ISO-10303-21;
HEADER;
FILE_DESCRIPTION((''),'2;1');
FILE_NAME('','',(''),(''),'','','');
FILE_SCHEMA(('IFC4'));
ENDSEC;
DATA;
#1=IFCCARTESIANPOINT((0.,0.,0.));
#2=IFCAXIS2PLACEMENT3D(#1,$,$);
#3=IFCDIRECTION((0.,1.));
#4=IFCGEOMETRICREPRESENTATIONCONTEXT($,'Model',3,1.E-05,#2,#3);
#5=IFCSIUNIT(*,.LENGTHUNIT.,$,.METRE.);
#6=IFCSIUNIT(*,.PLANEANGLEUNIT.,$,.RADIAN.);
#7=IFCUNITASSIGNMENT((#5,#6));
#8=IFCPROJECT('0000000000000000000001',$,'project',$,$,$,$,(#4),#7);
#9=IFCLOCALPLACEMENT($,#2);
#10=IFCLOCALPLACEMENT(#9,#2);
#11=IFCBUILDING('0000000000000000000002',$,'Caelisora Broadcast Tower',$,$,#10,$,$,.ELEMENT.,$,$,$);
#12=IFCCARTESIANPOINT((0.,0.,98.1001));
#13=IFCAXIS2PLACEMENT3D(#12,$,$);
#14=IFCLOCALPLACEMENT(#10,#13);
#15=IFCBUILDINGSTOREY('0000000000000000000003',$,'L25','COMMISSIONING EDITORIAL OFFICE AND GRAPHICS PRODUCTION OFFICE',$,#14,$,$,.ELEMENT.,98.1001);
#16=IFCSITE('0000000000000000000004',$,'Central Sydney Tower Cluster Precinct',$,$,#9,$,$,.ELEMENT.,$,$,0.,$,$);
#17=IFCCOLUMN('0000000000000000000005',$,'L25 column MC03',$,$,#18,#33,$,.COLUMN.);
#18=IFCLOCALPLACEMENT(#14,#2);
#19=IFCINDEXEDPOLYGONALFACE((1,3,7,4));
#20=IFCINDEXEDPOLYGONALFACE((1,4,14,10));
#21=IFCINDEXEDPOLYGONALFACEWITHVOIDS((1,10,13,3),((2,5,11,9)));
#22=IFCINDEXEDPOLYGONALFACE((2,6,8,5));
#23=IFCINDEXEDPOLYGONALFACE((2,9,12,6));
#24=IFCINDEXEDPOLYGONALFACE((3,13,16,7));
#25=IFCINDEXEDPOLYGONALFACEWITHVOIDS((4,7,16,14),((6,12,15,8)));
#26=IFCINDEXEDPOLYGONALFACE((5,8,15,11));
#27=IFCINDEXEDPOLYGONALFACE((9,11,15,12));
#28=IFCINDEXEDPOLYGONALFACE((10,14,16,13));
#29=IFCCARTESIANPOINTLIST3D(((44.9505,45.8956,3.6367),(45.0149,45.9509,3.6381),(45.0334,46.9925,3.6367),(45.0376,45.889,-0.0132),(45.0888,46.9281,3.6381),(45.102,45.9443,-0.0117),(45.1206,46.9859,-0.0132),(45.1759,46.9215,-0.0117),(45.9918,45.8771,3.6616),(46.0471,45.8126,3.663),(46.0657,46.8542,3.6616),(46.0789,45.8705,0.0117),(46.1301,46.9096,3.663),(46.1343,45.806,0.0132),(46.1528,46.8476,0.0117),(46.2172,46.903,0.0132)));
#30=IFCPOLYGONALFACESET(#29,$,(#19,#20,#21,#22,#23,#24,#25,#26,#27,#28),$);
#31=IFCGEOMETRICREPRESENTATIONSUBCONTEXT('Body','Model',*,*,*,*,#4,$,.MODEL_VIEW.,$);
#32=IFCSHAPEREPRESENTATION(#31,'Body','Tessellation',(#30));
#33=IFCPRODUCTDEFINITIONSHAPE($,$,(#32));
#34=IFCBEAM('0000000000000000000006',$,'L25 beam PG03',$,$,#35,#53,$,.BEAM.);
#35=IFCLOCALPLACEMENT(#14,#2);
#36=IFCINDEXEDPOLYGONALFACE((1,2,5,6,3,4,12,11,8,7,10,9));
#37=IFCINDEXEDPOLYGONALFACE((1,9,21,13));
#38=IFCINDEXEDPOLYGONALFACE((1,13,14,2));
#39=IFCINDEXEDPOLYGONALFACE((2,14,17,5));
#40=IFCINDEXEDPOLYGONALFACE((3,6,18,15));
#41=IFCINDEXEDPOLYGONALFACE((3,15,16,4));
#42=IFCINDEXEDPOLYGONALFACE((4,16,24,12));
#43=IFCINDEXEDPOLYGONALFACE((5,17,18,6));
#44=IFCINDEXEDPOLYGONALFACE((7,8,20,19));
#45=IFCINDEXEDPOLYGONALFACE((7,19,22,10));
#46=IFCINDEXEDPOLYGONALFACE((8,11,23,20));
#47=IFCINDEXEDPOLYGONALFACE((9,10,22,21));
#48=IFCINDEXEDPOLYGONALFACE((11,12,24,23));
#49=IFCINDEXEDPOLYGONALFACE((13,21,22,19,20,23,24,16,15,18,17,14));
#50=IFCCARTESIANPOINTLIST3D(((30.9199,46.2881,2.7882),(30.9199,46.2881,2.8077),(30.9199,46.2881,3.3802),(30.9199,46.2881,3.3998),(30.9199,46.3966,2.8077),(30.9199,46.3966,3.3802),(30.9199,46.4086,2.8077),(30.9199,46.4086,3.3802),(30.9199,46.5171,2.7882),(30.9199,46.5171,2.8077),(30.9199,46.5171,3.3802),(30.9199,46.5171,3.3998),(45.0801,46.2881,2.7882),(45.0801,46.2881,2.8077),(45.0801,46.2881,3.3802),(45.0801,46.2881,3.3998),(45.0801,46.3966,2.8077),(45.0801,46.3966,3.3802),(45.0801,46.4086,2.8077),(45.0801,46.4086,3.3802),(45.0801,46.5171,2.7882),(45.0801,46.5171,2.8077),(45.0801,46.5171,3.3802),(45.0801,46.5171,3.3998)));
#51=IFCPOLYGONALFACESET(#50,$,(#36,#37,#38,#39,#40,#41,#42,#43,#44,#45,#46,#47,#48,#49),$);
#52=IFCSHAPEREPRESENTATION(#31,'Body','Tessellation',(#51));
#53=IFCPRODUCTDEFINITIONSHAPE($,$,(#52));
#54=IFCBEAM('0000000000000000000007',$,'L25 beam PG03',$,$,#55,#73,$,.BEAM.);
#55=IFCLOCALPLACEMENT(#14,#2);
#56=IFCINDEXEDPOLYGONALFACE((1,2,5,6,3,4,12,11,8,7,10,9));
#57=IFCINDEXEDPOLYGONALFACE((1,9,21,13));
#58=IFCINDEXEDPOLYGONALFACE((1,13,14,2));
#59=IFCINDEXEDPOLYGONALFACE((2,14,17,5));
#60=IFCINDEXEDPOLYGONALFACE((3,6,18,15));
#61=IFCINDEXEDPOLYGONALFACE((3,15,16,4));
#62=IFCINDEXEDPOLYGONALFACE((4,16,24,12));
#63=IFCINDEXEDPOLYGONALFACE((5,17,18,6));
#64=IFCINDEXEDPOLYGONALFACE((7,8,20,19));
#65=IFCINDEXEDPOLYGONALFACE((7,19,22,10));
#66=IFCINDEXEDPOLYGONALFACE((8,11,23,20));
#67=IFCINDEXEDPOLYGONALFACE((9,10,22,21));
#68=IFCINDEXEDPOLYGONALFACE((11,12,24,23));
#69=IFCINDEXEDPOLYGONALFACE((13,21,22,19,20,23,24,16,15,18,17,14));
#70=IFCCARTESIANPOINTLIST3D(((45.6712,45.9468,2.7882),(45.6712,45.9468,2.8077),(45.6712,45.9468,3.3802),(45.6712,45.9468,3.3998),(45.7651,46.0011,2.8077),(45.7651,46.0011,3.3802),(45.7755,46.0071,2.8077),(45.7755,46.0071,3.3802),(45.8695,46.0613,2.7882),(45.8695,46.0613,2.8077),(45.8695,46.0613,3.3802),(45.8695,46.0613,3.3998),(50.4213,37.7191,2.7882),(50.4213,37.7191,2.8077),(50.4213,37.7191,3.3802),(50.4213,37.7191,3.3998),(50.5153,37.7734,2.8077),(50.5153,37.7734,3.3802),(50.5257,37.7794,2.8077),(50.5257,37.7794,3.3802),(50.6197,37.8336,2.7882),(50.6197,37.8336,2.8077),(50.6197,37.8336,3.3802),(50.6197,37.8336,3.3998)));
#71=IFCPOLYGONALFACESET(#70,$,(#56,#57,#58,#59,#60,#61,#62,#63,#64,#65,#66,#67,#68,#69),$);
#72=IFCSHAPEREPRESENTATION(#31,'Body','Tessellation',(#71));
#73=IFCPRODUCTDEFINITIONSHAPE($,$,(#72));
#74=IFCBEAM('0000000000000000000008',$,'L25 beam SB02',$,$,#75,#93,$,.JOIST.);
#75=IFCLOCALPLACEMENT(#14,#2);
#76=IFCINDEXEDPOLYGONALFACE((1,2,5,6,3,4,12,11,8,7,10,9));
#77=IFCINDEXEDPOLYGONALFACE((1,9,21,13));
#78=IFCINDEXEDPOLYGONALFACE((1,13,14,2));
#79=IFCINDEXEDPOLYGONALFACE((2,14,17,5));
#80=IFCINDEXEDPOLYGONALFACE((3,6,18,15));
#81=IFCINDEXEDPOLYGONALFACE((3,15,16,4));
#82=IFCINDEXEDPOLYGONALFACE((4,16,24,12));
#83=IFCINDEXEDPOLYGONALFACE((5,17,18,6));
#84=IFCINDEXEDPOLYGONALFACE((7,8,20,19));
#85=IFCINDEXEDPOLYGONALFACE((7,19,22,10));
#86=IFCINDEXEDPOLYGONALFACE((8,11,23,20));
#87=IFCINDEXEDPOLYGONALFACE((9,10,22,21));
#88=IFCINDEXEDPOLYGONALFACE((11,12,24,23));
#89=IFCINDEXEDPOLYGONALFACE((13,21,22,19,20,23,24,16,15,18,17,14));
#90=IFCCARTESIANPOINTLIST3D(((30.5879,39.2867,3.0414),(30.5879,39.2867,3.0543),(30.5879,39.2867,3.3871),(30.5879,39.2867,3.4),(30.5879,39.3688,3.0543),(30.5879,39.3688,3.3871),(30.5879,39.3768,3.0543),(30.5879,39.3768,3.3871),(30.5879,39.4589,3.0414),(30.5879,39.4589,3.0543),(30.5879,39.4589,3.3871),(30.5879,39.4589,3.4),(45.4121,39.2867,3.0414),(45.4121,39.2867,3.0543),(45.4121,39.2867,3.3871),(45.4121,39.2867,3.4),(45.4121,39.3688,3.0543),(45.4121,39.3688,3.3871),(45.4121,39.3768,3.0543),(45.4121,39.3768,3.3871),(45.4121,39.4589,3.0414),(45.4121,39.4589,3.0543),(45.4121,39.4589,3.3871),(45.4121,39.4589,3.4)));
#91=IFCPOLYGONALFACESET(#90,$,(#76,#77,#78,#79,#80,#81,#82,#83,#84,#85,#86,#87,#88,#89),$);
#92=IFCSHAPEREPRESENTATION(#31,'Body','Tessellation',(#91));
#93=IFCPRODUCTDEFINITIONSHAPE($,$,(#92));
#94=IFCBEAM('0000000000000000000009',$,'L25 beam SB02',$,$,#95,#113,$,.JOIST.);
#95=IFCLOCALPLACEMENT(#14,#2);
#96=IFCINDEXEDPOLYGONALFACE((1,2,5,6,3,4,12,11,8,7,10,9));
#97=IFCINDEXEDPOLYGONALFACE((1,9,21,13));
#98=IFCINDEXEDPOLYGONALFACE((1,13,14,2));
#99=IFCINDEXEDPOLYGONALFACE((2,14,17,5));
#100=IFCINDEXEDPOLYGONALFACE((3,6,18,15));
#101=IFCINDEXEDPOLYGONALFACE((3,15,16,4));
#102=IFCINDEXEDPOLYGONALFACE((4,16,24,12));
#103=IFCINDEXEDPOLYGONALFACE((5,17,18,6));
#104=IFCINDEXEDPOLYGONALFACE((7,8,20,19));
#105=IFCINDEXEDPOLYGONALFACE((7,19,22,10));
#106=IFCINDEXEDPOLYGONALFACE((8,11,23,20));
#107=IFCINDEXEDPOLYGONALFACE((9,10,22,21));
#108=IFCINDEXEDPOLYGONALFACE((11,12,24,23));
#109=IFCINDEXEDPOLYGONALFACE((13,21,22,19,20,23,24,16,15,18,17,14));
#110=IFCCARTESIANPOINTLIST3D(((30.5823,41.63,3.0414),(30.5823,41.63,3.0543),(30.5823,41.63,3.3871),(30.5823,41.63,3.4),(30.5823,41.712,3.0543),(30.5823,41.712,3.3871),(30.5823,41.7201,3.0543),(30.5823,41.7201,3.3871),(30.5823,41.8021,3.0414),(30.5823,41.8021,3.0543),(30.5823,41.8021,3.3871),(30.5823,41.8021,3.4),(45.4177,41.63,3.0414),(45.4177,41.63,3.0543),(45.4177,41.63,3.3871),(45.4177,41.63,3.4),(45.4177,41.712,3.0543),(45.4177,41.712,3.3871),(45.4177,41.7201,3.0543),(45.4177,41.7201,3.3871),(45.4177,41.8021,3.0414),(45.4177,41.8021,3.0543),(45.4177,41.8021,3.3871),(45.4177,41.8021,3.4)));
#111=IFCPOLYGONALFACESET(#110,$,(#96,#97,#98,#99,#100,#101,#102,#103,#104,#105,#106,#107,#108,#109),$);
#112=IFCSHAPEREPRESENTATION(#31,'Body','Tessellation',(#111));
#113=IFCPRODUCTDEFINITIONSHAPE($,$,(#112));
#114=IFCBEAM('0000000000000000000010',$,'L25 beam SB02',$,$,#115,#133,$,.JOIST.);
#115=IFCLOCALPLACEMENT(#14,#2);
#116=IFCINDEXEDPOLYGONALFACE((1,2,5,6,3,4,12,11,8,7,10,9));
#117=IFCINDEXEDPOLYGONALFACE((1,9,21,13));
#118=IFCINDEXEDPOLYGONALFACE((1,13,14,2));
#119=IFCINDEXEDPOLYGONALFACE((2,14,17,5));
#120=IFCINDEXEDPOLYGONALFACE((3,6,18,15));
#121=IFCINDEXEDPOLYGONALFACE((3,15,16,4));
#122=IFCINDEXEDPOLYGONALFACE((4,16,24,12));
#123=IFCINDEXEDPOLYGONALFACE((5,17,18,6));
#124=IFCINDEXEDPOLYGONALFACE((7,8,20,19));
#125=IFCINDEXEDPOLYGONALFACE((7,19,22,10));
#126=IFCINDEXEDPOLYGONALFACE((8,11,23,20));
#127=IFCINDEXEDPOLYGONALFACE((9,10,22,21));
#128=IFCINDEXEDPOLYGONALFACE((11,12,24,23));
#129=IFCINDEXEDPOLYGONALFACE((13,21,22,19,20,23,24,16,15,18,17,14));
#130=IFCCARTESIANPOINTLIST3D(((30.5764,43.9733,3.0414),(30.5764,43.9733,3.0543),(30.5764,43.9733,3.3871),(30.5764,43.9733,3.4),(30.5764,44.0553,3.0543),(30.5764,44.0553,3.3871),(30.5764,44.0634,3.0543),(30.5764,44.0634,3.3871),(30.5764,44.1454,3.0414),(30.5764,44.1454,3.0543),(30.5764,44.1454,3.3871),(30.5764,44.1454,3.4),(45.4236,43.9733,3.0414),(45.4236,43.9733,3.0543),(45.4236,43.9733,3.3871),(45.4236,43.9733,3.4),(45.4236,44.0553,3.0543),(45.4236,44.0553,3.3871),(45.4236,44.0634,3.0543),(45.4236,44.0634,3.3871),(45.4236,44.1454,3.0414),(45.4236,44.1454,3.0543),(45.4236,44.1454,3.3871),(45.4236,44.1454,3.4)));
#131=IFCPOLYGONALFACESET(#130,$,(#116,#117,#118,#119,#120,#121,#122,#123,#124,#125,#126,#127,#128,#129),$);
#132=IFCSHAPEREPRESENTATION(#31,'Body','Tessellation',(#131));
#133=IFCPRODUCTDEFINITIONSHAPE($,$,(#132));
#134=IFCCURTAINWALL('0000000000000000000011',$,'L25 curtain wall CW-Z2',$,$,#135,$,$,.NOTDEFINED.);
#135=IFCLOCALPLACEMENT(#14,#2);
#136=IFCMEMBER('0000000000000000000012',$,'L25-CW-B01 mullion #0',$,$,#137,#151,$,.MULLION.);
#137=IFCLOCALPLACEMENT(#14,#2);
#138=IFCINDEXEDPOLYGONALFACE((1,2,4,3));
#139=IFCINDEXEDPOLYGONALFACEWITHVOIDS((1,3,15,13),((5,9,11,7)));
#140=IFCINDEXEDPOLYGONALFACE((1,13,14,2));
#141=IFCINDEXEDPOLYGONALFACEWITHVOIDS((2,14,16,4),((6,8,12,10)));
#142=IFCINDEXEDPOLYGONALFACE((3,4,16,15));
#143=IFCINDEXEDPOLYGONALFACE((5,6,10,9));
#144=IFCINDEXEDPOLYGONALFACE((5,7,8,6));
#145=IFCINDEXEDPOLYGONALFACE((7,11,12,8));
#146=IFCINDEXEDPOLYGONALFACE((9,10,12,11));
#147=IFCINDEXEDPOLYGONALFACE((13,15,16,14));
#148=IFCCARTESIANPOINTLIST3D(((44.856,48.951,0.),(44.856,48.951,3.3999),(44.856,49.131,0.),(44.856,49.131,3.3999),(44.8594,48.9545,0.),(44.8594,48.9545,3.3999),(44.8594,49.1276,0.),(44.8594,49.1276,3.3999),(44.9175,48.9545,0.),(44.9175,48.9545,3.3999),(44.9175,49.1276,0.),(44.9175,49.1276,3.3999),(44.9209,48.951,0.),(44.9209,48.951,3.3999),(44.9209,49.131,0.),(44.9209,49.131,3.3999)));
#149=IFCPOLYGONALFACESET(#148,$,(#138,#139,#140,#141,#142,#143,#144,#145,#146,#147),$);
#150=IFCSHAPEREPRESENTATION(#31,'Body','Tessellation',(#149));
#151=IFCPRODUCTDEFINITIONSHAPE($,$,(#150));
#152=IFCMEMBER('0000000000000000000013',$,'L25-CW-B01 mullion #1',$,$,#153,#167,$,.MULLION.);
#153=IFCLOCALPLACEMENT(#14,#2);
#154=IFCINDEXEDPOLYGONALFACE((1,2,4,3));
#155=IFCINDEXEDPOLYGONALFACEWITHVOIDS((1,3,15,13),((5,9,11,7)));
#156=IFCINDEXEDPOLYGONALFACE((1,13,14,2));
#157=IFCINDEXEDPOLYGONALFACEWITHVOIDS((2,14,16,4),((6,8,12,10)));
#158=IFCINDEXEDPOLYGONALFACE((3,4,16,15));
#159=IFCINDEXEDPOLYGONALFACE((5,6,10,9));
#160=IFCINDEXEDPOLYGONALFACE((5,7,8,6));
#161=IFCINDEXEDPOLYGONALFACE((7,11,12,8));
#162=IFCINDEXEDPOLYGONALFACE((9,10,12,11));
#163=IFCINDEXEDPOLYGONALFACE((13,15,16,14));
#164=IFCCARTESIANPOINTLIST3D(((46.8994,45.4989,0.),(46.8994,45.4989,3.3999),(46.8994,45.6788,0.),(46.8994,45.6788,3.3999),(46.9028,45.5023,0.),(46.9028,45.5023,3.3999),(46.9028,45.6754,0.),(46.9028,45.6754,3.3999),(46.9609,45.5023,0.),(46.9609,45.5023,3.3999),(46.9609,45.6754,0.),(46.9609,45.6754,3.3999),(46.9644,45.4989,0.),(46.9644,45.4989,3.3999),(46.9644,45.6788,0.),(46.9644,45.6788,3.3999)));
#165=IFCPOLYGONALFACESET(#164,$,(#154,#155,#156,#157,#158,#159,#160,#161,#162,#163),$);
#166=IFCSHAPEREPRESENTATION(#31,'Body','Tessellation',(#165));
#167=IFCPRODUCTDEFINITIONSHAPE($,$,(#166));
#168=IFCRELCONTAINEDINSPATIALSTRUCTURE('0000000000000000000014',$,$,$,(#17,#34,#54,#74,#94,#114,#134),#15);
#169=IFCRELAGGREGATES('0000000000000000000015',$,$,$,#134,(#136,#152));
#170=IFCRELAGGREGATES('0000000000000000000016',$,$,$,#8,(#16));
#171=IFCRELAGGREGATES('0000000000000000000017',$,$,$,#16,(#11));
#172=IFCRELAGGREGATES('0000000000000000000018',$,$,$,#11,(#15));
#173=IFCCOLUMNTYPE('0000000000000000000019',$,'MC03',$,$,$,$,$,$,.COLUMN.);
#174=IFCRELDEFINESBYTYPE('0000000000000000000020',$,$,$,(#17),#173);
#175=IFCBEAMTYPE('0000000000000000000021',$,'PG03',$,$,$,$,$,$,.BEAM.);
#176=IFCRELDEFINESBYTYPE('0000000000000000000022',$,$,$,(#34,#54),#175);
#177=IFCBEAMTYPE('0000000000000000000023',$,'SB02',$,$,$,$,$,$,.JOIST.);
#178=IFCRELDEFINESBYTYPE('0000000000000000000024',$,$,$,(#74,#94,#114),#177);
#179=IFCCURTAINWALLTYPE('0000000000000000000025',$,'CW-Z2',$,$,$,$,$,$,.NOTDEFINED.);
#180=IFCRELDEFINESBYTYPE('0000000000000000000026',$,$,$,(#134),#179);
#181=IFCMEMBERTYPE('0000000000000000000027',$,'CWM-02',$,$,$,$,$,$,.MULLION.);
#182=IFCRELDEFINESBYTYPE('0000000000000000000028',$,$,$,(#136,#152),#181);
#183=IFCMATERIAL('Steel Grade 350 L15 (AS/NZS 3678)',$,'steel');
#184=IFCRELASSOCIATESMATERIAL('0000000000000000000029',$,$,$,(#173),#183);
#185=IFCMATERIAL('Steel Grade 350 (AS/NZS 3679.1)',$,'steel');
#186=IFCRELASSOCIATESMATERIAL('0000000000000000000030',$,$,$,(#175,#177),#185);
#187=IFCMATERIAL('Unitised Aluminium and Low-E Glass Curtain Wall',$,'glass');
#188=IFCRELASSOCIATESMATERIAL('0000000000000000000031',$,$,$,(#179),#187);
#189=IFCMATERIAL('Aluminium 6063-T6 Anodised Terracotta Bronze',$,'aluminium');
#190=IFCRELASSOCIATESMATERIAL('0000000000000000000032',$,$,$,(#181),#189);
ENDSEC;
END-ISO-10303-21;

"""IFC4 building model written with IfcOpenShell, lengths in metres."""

from ifc_helpers import new_model, si_unit, direction, frame, origin, origin_2d, place, context, subcontext, project, spatial, hollow_rectangle, i_section, extrude, source, transform, mapped, material, material_profile, profile_set, type_object, type_shapes, element, aggregate, save


model = new_model("IFC4")

# Units and contexts
model_context = context("Model", 3, precision=1e-05, world=origin(), true_north=direction((0.0, 1.0)))
body_context = subcontext(model_context, "Body", "Model", "MODEL_VIEW")
ifc_project = project(units=[si_unit("LENGTHUNIT", "METRE"), si_unit("PLANEANGLEUNIT", "RADIAN")], contexts=[model_context])

# Site, building, storey
site_placement = place(None, origin())
site = spatial("IfcSite", under=ifc_project, at=site_placement, Name="Central Sydney Tower Cluster Precinct", CompositionType="ELEMENT", RefElevation=0.0)
building_placement = place(site_placement, origin())
building = spatial("IfcBuilding", under=site, at=building_placement, Name="Caelisora Broadcast Tower", CompositionType="ELEMENT")
storey_placement = place(building_placement, frame((0.0, 0.0, 98.1001)))
storey = spatial("IfcBuildingStorey", under=building, at=storey_placement, Name="L25", Description="COMMISSIONING EDITORIAL OFFICE AND GRAPHICS PRODUCTION OFFICE", CompositionType="ELEMENT", Elevation=98.1001)

# Column
ifc_material_1 = material(Name="Steel Grade 350 L15 (AS/NZS 3678)", Category="steel")
ifc_material_profile_1 = material_profile(ifc_material_1, hollow_rectangle(XDim=1.1001, YDim=1.1001, WallThickness=0.0601, at=origin_2d()), Name="Steel Grade 350 L15 (AS/NZS 3678)")
ifc_profile_set_1 = profile_set([ifc_material_profile_1], Name="Steel Grade 350 L15 (AS/NZS 3678)")
column_type = type_object("IfcColumnType", Name="MC03", PredefinedType="COLUMN", material=ifc_profile_set_1)
shared_shape_1 = source(origin(), body_context, "Body", "SweptSolid", [
    extrude(hollow_rectangle(XDim=1.1001, YDim=1.1001, WallThickness=0.0601, at=origin_2d()), origin(), (0.0, 0.0, 1.0), 3.6509),
])
type_shapes(column_type, [shared_shape_1])
column_placement = place(storey_placement, frame((45.6274, 46.396, 0.0), z_axis=(-0.023873, 0.001806, 0.999713), x_axis=(-0.075415, -0.997152, 0.0)))
element("IfcColumn", 1, at=column_placement, inside=storey, type_object=column_type, Name="L25 column MC03", PredefinedType="COLUMN", context=body_context, shape_type="MappedRepresentation", body=[
    mapped(shared_shape_1, transform((0.0, 0.0, 0.0), scale=1.0)),
])

# Beams
ifc_material_2 = material(Name="Steel Grade 350 (AS/NZS 3679.1)", Category="steel")
ifc_material_profile_2 = material_profile(ifc_material_2, i_section(OverallWidth=0.229, OverallDepth=0.6116, WebThickness=0.012, FlangeThickness=0.0195, at=origin_2d()), Name="Steel Grade 350 (AS/NZS 3679.1)")
ifc_profile_set_2 = profile_set([ifc_material_profile_2], Name="Steel Grade 350 (AS/NZS 3679.1)")
beam_type_1 = type_object("IfcBeamType", Name="PG03", PredefinedType="BEAM", material=ifc_profile_set_2)
shared_shape_2 = source(origin(), body_context, "Body", "SweptSolid", [
    extrude(i_section(OverallWidth=0.229, OverallDepth=0.6116, WebThickness=0.012, FlangeThickness=0.0195, at=origin_2d()), origin(), (0.0, 0.0, 1.0), 14.1602),
])
beam_1_placement = place(storey_placement, frame((45.0801, 46.4026, 3.094), z_axis=(-1.0, 0.0, 0.0), x_axis=(0.0, -1.0, 0.0)))
element("IfcBeam", 2, at=beam_1_placement, inside=storey, type_object=beam_type_1, Name="L25 beam PG03", PredefinedType="BEAM", context=body_context, shape_type="MappedRepresentation", body=[
    mapped(shared_shape_2, transform((0.0, 0.0, 0.0), scale=1.0)),
])
shared_shape_3 = source(origin(), body_context, "Body", "SweptSolid", [
    extrude(i_section(OverallWidth=0.229, OverallDepth=0.6116, WebThickness=0.012, FlangeThickness=0.0195, at=origin_2d()), origin(), (0.0, 0.0, 1.0), 9.5005),
])
type_shapes(beam_type_1, [shared_shape_2, shared_shape_3])
beam_2_placement = place(storey_placement, frame((50.5205, 37.7764, 3.094), z_axis=(-0.499995, 0.866029, 0.0), x_axis=(-0.866029, -0.499995, 0.0)))
element("IfcBeam", 3, at=beam_2_placement, inside=storey, type_object=beam_type_1, Name="L25 beam PG03", PredefinedType="BEAM", context=body_context, shape_type="MappedRepresentation", body=[
    mapped(shared_shape_3, transform((0.0, 0.0, 0.0), scale=1.0)),
])
ifc_material_profile_3 = material_profile(ifc_material_2, i_section(OverallWidth=0.1721, OverallDepth=0.3586, WebThickness=0.0081, FlangeThickness=0.0129, at=origin_2d()), Name="Steel Grade 350 (AS/NZS 3679.1)")
ifc_profile_set_3 = profile_set([ifc_material_profile_3], Name="Steel Grade 350 (AS/NZS 3679.1)")
beam_type_2 = type_object("IfcBeamType", Name="SB02", PredefinedType="JOIST", material=ifc_profile_set_3)
shared_shape_4 = source(origin(), body_context, "Body", "SweptSolid", [
    extrude(i_section(OverallWidth=0.1721, OverallDepth=0.3586, WebThickness=0.0081, FlangeThickness=0.0129, at=origin_2d()), origin(), (0.0, 0.0, 1.0), 14.8242),
])
beam_3_placement = place(storey_placement, frame((45.4121, 39.3728, 3.2207), z_axis=(-1.0, 0.0, 0.0), x_axis=(0.0, -1.0, 0.0)))
element("IfcBeam", 4, at=beam_3_placement, inside=storey, type_object=beam_type_2, Name="L25 beam SB02", PredefinedType="JOIST", context=body_context, shape_type="MappedRepresentation", body=[
    mapped(shared_shape_4, transform((0.0, 0.0, 0.0), scale=1.0)),
])
shared_shape_5 = source(origin(), body_context, "Body", "SweptSolid", [
    extrude(i_section(OverallWidth=0.1721, OverallDepth=0.3586, WebThickness=0.0081, FlangeThickness=0.0129, at=origin_2d()), origin(), (0.0, 0.0, 1.0), 14.8354),
])
beam_4_placement = place(storey_placement, frame((45.4177, 41.7161, 3.2207), z_axis=(-1.0, 0.0, 0.0), x_axis=(0.0, -1.0, 0.0)))
element("IfcBeam", 5, at=beam_4_placement, inside=storey, type_object=beam_type_2, Name="L25 beam SB02", PredefinedType="JOIST", context=body_context, shape_type="MappedRepresentation", body=[
    mapped(shared_shape_5, transform((0.0, 0.0, 0.0), scale=1.0)),
])
shared_shape_6 = source(origin(), body_context, "Body", "SweptSolid", [
    extrude(i_section(OverallWidth=0.1721, OverallDepth=0.3586, WebThickness=0.0081, FlangeThickness=0.0129, at=origin_2d()), origin(), (0.0, 0.0, 1.0), 14.8472),
])
type_shapes(beam_type_2, [shared_shape_4, shared_shape_5, shared_shape_6])
beam_5_placement = place(storey_placement, frame((45.4236, 44.0593, 3.2207), z_axis=(-1.0, 0.0, 0.0), x_axis=(0.0, -1.0, 0.0)))
element("IfcBeam", 6, at=beam_5_placement, inside=storey, type_object=beam_type_2, Name="L25 beam SB02", PredefinedType="JOIST", context=body_context, shape_type="MappedRepresentation", body=[
    mapped(shared_shape_6, transform((0.0, 0.0, 0.0), scale=1.0)),
])

# Curtain wall, members
ifc_material_3 = material(Name="Unitised Aluminium and Low-E Glass Curtain Wall", Category="glass")
curtain_wall_type_1 = type_object("IfcCurtainWallType", Name="CW-Z2", PredefinedType="NOTDEFINED", material=ifc_material_3)
curtain_wall_1_placement = place(storey_placement, origin())
curtain_wall_1 = element("IfcCurtainWall", 7, at=curtain_wall_1_placement, inside=storey, type_object=curtain_wall_type_1, Name="L25 curtain wall CW-Z2", PredefinedType="NOTDEFINED")
ifc_material_4 = material(Name="Aluminium 6063-T6 Anodised Terracotta Bronze", Category="aluminium")
ifc_material_profile_4 = material_profile(ifc_material_4, hollow_rectangle(XDim=0.0649, YDim=0.1799, WallThickness=0.0034, at=origin_2d()), Name="Aluminium 6063-T6 Anodised Terracotta Bronze")
ifc_profile_set_4 = profile_set([ifc_material_profile_4], Name="Aluminium 6063-T6 Anodised Terracotta Bronze")
member_type_1 = type_object("IfcMemberType", Name="CWM-02", PredefinedType="MULLION", material=ifc_profile_set_4)
shared_shape_7 = source(origin(), body_context, "Body", "SweptSolid", [
    extrude(hollow_rectangle(XDim=0.0649, YDim=0.1799, WallThickness=0.0034, at=origin_2d()), origin(), (0.0, 0.0, 1.0), 3.3999),
])
type_shapes(member_type_1, [shared_shape_7])
member_1_placement = place(storey_placement, frame((44.8884, 49.041, 0.0), z_axis=(0.0, 0.0, 1.0), x_axis=(1.0, 0.0, 0.0)))
member_1 = element("IfcMember", 8, at=member_1_placement, type_object=member_type_1, Name="L25-CW-B01 mullion #0", PredefinedType="MULLION", context=body_context, shape_type="MappedRepresentation", body=[
    mapped(shared_shape_7, transform((0.0, 0.0, 0.0), scale=1.0)),
])
member_2_placement = place(storey_placement, frame((46.9319, 45.5889, 0.0), z_axis=(0.0, 0.0, 1.0), x_axis=(1.0, 0.0, 0.0)))
member_2 = element("IfcMember", 9, at=member_2_placement, type_object=member_type_1, Name="L25-CW-B01 mullion #1", PredefinedType="MULLION", context=body_context, shape_type="MappedRepresentation", body=[
    mapped(shared_shape_7, transform((0.0, 0.0, 0.0), scale=1.0)),
])

aggregate(curtain_wall_1, [member_1, member_2])

save(model, "model.ifc")
